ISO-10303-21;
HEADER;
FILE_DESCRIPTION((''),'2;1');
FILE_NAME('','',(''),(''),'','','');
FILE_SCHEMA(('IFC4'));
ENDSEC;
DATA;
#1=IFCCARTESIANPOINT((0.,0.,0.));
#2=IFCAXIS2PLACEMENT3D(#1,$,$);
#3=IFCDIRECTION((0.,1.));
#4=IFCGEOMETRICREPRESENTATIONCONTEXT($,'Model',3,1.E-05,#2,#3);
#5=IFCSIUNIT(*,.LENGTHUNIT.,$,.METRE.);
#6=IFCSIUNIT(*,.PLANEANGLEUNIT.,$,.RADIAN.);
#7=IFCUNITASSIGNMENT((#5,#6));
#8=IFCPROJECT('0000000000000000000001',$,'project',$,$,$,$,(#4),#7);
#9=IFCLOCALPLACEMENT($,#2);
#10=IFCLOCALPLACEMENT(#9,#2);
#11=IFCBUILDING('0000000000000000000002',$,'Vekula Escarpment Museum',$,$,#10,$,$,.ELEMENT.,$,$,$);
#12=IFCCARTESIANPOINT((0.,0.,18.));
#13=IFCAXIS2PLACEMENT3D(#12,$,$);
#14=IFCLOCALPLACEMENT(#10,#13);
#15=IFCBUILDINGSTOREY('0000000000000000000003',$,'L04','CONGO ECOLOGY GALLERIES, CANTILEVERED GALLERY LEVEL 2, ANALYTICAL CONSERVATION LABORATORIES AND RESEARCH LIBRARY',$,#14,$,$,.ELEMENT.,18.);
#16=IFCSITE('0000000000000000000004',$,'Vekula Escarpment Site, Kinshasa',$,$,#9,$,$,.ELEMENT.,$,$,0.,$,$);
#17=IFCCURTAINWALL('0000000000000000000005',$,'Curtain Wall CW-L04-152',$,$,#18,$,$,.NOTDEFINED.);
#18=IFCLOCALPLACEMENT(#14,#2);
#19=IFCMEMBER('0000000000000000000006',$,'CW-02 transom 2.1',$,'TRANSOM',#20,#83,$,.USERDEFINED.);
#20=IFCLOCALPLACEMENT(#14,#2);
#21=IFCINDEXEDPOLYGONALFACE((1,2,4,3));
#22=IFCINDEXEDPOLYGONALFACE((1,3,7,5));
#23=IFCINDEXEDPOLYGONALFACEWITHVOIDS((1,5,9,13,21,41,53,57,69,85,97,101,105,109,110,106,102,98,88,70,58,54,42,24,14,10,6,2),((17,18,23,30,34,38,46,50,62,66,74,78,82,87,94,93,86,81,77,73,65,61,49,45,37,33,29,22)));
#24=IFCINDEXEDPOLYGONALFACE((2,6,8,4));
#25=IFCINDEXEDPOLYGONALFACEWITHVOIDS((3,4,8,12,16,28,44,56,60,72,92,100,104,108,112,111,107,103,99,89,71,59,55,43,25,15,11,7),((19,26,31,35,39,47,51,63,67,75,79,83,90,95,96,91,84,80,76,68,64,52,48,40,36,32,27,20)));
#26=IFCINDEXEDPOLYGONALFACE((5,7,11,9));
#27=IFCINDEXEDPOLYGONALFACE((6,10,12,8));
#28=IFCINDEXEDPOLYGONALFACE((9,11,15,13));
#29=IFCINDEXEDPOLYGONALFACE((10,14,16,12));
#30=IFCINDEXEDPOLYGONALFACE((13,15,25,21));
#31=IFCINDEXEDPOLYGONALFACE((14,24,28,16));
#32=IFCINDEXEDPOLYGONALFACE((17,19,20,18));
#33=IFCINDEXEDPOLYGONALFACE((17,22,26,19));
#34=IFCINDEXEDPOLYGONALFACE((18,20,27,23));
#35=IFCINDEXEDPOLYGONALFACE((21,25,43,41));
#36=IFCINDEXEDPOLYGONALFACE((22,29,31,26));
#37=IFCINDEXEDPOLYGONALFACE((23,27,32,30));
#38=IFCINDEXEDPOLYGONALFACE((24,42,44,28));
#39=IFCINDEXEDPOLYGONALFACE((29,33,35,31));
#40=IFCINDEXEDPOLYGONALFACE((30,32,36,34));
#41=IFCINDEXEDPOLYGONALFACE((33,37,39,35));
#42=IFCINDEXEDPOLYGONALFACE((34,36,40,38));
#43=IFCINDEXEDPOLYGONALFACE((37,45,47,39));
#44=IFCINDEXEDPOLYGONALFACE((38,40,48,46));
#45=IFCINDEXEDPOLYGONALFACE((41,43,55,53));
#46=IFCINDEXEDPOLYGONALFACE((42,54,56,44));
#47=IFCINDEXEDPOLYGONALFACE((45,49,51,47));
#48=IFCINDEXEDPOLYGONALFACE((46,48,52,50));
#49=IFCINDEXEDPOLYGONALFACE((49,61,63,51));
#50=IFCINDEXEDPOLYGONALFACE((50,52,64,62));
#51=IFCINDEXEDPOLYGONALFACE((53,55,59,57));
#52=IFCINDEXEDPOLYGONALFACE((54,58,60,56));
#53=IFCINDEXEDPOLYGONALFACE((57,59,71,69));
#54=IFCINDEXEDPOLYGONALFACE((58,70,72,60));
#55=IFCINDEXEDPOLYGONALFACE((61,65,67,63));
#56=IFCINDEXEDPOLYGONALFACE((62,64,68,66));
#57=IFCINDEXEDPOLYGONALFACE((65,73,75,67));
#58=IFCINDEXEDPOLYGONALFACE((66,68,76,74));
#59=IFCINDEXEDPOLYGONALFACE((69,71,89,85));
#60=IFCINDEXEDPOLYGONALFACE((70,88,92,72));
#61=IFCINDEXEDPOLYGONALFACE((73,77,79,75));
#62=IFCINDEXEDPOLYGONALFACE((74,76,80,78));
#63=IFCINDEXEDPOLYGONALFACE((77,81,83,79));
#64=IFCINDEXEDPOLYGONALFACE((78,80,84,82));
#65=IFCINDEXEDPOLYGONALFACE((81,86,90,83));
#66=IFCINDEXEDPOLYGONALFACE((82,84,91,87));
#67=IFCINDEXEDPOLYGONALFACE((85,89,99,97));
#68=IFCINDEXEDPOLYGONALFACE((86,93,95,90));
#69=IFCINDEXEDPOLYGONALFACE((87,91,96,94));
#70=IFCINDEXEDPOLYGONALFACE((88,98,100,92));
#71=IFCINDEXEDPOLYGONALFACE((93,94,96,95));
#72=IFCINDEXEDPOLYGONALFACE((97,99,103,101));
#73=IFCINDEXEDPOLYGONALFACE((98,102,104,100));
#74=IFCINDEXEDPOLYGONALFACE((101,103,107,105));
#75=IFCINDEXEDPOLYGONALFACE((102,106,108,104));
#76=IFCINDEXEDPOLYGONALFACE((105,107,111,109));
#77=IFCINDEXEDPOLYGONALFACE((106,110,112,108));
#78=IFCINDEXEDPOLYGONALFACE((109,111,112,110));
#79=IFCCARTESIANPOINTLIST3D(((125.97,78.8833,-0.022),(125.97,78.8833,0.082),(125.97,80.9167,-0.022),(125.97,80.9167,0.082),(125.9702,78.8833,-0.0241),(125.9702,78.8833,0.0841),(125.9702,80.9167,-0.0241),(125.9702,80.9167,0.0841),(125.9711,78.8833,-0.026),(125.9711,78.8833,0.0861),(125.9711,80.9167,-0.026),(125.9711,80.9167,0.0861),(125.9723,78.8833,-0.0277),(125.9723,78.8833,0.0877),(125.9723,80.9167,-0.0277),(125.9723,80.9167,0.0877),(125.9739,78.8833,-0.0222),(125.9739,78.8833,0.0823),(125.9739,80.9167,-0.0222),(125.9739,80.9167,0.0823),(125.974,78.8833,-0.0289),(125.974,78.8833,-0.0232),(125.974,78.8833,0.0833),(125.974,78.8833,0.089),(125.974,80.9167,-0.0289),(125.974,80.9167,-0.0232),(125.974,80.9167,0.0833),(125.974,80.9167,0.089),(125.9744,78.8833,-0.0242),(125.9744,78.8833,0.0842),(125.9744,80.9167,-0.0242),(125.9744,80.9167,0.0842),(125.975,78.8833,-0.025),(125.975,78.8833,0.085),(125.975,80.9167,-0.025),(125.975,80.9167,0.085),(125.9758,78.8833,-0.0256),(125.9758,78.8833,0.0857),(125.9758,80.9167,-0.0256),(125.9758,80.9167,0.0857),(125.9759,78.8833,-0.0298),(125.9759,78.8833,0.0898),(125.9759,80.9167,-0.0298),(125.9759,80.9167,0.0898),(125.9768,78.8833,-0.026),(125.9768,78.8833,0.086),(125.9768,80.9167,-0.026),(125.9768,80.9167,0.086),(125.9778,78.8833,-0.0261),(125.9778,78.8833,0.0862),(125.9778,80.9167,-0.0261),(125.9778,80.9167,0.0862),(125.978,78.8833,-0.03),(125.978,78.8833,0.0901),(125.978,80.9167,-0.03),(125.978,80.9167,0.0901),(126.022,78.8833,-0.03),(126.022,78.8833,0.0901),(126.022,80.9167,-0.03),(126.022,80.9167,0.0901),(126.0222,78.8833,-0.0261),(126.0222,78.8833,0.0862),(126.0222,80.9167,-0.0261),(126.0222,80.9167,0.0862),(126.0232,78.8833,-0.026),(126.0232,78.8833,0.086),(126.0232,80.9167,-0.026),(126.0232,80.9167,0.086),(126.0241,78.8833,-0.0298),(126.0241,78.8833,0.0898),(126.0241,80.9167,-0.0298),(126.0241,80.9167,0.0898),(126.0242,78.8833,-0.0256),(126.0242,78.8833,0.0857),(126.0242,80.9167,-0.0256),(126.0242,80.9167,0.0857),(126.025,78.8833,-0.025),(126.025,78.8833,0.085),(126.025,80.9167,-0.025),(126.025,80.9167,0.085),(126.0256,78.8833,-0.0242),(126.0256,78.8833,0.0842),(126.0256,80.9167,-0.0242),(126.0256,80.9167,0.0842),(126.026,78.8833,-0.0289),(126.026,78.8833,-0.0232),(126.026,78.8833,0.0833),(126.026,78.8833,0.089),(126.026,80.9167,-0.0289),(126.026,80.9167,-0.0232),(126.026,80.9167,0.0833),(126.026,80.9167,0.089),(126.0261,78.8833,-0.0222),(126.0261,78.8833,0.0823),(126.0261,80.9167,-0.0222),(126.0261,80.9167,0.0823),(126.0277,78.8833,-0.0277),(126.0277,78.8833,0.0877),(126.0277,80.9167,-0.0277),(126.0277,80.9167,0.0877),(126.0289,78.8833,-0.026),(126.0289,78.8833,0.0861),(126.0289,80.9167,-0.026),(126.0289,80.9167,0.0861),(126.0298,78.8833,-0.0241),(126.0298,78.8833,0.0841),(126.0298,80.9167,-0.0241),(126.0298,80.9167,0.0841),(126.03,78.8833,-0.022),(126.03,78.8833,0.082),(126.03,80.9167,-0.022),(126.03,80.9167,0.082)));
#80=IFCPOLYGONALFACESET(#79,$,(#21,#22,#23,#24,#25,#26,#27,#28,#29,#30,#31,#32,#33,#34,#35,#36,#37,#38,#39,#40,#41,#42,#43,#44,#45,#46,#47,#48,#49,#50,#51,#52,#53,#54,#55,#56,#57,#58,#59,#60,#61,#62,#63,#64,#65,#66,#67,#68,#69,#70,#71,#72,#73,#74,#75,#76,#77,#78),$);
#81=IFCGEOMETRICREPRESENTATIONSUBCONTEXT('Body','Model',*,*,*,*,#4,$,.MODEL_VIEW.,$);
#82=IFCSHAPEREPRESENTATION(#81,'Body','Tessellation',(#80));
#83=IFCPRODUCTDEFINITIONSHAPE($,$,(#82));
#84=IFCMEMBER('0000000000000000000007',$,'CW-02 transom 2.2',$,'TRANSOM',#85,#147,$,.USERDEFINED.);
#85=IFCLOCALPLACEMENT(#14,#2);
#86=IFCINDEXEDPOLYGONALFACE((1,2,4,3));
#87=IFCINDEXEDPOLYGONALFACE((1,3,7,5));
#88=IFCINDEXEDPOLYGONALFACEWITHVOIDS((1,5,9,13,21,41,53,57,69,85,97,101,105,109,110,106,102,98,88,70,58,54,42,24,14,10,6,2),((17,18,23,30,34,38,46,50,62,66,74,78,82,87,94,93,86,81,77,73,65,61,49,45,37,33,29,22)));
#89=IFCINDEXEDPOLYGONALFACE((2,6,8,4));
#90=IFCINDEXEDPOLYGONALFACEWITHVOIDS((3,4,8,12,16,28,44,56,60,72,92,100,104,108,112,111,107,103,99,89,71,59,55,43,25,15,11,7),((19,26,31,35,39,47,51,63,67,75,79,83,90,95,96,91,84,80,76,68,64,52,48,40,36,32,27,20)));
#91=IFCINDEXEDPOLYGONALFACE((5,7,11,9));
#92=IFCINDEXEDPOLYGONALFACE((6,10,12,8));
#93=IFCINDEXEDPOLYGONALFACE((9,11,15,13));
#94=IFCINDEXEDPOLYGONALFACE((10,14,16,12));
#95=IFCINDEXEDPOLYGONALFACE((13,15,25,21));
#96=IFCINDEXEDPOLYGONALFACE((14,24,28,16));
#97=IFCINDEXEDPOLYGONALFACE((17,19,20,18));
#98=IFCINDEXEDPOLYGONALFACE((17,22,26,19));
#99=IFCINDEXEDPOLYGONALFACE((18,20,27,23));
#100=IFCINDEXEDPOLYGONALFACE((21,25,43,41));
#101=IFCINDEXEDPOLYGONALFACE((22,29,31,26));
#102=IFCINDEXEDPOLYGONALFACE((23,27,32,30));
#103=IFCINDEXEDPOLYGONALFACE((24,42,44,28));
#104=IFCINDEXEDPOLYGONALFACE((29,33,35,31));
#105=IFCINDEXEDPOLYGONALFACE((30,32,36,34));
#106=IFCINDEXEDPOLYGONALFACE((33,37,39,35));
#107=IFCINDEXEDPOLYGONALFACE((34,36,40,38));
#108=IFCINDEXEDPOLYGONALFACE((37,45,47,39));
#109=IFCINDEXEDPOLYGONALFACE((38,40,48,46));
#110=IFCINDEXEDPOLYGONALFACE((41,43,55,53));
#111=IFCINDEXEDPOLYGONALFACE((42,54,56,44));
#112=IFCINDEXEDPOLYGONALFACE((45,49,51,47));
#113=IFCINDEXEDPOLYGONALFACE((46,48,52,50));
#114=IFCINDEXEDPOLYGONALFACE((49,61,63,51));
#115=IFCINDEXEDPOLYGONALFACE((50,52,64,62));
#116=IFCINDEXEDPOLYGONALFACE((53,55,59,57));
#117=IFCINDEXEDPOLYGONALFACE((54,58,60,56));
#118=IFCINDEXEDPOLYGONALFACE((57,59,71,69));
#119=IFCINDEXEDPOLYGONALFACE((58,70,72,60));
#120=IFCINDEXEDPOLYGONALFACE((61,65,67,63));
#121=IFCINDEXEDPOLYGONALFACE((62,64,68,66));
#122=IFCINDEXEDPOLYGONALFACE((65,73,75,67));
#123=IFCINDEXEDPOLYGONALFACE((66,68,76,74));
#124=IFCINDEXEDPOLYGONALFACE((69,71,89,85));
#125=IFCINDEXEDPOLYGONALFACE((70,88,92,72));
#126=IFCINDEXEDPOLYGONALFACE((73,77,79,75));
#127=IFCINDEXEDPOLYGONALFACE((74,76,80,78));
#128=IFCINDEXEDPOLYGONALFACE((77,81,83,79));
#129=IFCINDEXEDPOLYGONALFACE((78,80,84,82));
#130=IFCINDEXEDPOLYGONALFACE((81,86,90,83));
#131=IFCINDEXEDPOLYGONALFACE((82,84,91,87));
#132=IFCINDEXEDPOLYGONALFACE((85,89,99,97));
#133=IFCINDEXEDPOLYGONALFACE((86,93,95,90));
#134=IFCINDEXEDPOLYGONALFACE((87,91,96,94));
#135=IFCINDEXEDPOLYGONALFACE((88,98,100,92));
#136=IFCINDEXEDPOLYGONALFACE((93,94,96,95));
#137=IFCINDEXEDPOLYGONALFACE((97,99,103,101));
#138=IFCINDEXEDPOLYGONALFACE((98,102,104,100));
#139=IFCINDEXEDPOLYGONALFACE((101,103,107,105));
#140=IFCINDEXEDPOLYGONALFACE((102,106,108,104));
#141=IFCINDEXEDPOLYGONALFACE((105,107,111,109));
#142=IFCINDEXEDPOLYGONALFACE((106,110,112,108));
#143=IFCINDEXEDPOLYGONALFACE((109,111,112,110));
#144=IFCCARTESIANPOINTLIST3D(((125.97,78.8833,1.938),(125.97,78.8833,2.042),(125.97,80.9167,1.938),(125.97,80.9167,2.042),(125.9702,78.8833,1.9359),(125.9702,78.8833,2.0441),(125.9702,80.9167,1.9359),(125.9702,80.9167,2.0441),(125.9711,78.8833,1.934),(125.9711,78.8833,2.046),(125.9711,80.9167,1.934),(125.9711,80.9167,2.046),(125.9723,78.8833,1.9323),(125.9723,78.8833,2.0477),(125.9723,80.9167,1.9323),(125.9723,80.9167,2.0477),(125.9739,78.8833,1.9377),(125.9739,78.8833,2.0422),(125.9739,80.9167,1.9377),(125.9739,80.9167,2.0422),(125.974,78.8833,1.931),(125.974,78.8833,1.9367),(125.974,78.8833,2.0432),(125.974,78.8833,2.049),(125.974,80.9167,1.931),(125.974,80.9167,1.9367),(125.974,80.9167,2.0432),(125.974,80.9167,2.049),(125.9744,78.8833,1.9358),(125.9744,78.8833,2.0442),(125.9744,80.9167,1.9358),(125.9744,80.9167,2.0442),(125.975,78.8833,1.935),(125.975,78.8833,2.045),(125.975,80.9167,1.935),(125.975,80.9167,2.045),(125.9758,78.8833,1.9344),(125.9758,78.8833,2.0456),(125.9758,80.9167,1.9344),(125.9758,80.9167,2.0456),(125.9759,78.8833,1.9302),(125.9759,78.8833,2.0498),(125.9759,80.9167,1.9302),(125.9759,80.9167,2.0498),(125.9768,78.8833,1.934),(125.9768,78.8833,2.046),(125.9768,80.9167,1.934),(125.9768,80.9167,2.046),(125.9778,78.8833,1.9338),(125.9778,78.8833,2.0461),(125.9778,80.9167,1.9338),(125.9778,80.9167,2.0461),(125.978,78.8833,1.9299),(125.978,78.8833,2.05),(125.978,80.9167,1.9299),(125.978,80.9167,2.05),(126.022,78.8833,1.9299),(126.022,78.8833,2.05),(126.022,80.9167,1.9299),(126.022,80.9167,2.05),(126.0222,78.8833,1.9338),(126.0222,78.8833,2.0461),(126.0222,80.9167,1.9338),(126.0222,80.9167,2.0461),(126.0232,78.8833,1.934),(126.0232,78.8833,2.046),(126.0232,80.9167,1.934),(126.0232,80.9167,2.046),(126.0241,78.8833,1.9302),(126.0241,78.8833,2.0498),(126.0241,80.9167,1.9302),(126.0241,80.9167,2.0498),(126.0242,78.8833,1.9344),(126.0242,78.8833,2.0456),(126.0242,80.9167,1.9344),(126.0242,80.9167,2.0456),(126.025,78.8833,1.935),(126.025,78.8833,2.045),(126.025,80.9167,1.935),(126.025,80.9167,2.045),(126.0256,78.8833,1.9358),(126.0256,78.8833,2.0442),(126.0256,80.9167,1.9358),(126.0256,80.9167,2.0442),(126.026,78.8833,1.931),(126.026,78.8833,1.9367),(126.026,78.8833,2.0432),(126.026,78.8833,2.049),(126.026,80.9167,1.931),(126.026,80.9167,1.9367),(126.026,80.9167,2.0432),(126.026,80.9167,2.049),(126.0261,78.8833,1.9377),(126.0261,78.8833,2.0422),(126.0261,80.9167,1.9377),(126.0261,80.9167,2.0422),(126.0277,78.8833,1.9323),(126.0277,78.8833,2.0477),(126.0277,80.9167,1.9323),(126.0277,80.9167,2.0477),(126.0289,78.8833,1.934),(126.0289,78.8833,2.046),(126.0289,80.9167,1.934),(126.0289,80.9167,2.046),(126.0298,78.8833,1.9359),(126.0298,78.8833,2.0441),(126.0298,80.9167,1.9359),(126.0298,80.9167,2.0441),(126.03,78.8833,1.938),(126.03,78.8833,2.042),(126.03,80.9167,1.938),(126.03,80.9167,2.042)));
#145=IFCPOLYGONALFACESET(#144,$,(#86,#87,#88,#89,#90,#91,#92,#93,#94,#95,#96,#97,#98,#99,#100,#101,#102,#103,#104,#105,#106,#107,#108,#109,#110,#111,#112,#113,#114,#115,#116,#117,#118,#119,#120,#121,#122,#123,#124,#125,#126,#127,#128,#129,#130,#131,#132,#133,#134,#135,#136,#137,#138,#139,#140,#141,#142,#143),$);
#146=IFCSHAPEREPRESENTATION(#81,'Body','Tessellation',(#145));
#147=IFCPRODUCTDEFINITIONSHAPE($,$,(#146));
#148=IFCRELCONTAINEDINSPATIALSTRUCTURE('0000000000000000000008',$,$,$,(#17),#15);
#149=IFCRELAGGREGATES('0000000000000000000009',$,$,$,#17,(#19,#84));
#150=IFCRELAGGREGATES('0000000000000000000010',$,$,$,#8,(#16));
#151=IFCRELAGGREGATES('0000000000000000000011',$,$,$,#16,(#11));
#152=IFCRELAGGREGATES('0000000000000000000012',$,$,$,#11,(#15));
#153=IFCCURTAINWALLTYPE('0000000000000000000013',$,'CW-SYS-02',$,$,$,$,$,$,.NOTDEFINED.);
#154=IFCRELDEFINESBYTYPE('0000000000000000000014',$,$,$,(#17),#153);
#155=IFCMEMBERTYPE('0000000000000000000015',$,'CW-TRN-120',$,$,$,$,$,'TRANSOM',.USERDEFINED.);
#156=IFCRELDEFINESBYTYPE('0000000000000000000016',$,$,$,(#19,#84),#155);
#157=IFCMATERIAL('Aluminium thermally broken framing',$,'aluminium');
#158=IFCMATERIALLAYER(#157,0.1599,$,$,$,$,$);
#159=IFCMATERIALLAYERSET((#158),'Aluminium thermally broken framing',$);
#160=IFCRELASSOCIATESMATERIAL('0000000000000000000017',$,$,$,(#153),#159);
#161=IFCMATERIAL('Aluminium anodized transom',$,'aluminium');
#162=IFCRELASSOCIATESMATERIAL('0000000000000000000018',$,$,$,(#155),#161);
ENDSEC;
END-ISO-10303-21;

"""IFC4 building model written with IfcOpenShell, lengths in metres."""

from ifc_helpers import new_model, si_unit, direction, frame, origin, origin_2d, place, context, subcontext, project, spatial, hollow_rectangle, extrude, material, layer, layer_set, material_profile, profile_set, type_object, element, aggregate, save


model = new_model("IFC4")

# Units and contexts
model_context = context("Model", 3, precision=1e-05, world=origin(), true_north=direction((0.0, 1.0)))
body_context = subcontext(model_context, "Body", "Model", "MODEL_VIEW")
ifc_project = project(units=[si_unit("LENGTHUNIT", "METRE"), si_unit("PLANEANGLEUNIT", "RADIAN")], contexts=[model_context])

# Site, building, storey
site_placement = place(None, origin())
site = spatial("IfcSite", under=ifc_project, at=site_placement, Name="Vekula Escarpment Site, Kinshasa", CompositionType="ELEMENT", RefElevation=0.0)
building_placement = place(site_placement, origin())
building = spatial("IfcBuilding", under=site, at=building_placement, Name="Vekula Escarpment Museum", CompositionType="ELEMENT")
storey_placement = place(building_placement, frame((0.0, 0.0, 18.0)))
storey = spatial("IfcBuildingStorey", under=building, at=storey_placement, Name="L04", Description="CONGO ECOLOGY GALLERIES, CANTILEVERED GALLERY LEVEL 2, ANALYTICAL CONSERVATION LABORATORIES AND RESEARCH LIBRARY", CompositionType="ELEMENT", Elevation=18.0)

# Curtain wall, members
ifc_material_1 = material(Name="Aluminium thermally broken framing", Category="aluminium")
ifc_layer_1 = layer(ifc_material_1, 0.1599)
ifc_layer_set_1 = layer_set([ifc_layer_1], Name="Aluminium thermally broken framing")
curtain_wall_type = type_object("IfcCurtainWallType", Name="CW-SYS-02", PredefinedType="NOTDEFINED", material=ifc_layer_set_1)
curtain_wall_placement = place(storey_placement, origin())
curtain_wall = element("IfcCurtainWall", 1, at=curtain_wall_placement, inside=storey, type_object=curtain_wall_type, Name="Curtain Wall CW-L04-152", PredefinedType="NOTDEFINED")
ifc_material_2 = material(Name="Aluminium anodized transom", Category="aluminium")
ifc_material_profile_1 = material_profile(ifc_material_2, hollow_rectangle(XDim=0.0601, YDim=0.1201, WallThickness=0.0039, InnerFilletRadius=0.0039, OuterFilletRadius=0.0081, at=origin_2d()), Name="ALU 120x60x4")
ifc_profile_set_1 = profile_set([ifc_material_profile_1], Name="Aluminium anodized transom")
member_type_1 = type_object("IfcMemberType", Name="CW-TRN-120", ElementType="TRANSOM", PredefinedType="USERDEFINED", material=ifc_profile_set_1)
member_1_placement = place(storey_placement, frame((126.0, 78.8833, 0.03), z_axis=(0.0, 1.0, 0.0), x_axis=(-1.0, 0.0, 0.0)))
member_1 = element("IfcMember", 2, at=member_1_placement, type_object=member_type_1, Name="CW-02 transom 2.1", ObjectType="TRANSOM", PredefinedType="USERDEFINED", context=body_context, shape_type="SweptSolid", body=[
    extrude(hollow_rectangle(XDim=0.0601, YDim=0.1201, WallThickness=0.0039, InnerFilletRadius=0.0039, OuterFilletRadius=0.0081, at=origin_2d()), origin(), (0.0, 0.0, 1.0), 2.0334),
])
member_2_placement = place(storey_placement, frame((126.0, 78.8833, 1.99), z_axis=(0.0, 1.0, 0.0), x_axis=(-1.0, 0.0, 0.0)))
member_2 = element("IfcMember", 3, at=member_2_placement, type_object=member_type_1, Name="CW-02 transom 2.2", ObjectType="TRANSOM", PredefinedType="USERDEFINED", context=body_context, shape_type="SweptSolid", body=[
    extrude(hollow_rectangle(XDim=0.0601, YDim=0.1201, WallThickness=0.0039, InnerFilletRadius=0.0039, OuterFilletRadius=0.0081, at=origin_2d()), origin(), (0.0, 0.0, 1.0), 2.0334),
])

aggregate(curtain_wall, [member_1, member_2])

save(model, "model.ifc")
